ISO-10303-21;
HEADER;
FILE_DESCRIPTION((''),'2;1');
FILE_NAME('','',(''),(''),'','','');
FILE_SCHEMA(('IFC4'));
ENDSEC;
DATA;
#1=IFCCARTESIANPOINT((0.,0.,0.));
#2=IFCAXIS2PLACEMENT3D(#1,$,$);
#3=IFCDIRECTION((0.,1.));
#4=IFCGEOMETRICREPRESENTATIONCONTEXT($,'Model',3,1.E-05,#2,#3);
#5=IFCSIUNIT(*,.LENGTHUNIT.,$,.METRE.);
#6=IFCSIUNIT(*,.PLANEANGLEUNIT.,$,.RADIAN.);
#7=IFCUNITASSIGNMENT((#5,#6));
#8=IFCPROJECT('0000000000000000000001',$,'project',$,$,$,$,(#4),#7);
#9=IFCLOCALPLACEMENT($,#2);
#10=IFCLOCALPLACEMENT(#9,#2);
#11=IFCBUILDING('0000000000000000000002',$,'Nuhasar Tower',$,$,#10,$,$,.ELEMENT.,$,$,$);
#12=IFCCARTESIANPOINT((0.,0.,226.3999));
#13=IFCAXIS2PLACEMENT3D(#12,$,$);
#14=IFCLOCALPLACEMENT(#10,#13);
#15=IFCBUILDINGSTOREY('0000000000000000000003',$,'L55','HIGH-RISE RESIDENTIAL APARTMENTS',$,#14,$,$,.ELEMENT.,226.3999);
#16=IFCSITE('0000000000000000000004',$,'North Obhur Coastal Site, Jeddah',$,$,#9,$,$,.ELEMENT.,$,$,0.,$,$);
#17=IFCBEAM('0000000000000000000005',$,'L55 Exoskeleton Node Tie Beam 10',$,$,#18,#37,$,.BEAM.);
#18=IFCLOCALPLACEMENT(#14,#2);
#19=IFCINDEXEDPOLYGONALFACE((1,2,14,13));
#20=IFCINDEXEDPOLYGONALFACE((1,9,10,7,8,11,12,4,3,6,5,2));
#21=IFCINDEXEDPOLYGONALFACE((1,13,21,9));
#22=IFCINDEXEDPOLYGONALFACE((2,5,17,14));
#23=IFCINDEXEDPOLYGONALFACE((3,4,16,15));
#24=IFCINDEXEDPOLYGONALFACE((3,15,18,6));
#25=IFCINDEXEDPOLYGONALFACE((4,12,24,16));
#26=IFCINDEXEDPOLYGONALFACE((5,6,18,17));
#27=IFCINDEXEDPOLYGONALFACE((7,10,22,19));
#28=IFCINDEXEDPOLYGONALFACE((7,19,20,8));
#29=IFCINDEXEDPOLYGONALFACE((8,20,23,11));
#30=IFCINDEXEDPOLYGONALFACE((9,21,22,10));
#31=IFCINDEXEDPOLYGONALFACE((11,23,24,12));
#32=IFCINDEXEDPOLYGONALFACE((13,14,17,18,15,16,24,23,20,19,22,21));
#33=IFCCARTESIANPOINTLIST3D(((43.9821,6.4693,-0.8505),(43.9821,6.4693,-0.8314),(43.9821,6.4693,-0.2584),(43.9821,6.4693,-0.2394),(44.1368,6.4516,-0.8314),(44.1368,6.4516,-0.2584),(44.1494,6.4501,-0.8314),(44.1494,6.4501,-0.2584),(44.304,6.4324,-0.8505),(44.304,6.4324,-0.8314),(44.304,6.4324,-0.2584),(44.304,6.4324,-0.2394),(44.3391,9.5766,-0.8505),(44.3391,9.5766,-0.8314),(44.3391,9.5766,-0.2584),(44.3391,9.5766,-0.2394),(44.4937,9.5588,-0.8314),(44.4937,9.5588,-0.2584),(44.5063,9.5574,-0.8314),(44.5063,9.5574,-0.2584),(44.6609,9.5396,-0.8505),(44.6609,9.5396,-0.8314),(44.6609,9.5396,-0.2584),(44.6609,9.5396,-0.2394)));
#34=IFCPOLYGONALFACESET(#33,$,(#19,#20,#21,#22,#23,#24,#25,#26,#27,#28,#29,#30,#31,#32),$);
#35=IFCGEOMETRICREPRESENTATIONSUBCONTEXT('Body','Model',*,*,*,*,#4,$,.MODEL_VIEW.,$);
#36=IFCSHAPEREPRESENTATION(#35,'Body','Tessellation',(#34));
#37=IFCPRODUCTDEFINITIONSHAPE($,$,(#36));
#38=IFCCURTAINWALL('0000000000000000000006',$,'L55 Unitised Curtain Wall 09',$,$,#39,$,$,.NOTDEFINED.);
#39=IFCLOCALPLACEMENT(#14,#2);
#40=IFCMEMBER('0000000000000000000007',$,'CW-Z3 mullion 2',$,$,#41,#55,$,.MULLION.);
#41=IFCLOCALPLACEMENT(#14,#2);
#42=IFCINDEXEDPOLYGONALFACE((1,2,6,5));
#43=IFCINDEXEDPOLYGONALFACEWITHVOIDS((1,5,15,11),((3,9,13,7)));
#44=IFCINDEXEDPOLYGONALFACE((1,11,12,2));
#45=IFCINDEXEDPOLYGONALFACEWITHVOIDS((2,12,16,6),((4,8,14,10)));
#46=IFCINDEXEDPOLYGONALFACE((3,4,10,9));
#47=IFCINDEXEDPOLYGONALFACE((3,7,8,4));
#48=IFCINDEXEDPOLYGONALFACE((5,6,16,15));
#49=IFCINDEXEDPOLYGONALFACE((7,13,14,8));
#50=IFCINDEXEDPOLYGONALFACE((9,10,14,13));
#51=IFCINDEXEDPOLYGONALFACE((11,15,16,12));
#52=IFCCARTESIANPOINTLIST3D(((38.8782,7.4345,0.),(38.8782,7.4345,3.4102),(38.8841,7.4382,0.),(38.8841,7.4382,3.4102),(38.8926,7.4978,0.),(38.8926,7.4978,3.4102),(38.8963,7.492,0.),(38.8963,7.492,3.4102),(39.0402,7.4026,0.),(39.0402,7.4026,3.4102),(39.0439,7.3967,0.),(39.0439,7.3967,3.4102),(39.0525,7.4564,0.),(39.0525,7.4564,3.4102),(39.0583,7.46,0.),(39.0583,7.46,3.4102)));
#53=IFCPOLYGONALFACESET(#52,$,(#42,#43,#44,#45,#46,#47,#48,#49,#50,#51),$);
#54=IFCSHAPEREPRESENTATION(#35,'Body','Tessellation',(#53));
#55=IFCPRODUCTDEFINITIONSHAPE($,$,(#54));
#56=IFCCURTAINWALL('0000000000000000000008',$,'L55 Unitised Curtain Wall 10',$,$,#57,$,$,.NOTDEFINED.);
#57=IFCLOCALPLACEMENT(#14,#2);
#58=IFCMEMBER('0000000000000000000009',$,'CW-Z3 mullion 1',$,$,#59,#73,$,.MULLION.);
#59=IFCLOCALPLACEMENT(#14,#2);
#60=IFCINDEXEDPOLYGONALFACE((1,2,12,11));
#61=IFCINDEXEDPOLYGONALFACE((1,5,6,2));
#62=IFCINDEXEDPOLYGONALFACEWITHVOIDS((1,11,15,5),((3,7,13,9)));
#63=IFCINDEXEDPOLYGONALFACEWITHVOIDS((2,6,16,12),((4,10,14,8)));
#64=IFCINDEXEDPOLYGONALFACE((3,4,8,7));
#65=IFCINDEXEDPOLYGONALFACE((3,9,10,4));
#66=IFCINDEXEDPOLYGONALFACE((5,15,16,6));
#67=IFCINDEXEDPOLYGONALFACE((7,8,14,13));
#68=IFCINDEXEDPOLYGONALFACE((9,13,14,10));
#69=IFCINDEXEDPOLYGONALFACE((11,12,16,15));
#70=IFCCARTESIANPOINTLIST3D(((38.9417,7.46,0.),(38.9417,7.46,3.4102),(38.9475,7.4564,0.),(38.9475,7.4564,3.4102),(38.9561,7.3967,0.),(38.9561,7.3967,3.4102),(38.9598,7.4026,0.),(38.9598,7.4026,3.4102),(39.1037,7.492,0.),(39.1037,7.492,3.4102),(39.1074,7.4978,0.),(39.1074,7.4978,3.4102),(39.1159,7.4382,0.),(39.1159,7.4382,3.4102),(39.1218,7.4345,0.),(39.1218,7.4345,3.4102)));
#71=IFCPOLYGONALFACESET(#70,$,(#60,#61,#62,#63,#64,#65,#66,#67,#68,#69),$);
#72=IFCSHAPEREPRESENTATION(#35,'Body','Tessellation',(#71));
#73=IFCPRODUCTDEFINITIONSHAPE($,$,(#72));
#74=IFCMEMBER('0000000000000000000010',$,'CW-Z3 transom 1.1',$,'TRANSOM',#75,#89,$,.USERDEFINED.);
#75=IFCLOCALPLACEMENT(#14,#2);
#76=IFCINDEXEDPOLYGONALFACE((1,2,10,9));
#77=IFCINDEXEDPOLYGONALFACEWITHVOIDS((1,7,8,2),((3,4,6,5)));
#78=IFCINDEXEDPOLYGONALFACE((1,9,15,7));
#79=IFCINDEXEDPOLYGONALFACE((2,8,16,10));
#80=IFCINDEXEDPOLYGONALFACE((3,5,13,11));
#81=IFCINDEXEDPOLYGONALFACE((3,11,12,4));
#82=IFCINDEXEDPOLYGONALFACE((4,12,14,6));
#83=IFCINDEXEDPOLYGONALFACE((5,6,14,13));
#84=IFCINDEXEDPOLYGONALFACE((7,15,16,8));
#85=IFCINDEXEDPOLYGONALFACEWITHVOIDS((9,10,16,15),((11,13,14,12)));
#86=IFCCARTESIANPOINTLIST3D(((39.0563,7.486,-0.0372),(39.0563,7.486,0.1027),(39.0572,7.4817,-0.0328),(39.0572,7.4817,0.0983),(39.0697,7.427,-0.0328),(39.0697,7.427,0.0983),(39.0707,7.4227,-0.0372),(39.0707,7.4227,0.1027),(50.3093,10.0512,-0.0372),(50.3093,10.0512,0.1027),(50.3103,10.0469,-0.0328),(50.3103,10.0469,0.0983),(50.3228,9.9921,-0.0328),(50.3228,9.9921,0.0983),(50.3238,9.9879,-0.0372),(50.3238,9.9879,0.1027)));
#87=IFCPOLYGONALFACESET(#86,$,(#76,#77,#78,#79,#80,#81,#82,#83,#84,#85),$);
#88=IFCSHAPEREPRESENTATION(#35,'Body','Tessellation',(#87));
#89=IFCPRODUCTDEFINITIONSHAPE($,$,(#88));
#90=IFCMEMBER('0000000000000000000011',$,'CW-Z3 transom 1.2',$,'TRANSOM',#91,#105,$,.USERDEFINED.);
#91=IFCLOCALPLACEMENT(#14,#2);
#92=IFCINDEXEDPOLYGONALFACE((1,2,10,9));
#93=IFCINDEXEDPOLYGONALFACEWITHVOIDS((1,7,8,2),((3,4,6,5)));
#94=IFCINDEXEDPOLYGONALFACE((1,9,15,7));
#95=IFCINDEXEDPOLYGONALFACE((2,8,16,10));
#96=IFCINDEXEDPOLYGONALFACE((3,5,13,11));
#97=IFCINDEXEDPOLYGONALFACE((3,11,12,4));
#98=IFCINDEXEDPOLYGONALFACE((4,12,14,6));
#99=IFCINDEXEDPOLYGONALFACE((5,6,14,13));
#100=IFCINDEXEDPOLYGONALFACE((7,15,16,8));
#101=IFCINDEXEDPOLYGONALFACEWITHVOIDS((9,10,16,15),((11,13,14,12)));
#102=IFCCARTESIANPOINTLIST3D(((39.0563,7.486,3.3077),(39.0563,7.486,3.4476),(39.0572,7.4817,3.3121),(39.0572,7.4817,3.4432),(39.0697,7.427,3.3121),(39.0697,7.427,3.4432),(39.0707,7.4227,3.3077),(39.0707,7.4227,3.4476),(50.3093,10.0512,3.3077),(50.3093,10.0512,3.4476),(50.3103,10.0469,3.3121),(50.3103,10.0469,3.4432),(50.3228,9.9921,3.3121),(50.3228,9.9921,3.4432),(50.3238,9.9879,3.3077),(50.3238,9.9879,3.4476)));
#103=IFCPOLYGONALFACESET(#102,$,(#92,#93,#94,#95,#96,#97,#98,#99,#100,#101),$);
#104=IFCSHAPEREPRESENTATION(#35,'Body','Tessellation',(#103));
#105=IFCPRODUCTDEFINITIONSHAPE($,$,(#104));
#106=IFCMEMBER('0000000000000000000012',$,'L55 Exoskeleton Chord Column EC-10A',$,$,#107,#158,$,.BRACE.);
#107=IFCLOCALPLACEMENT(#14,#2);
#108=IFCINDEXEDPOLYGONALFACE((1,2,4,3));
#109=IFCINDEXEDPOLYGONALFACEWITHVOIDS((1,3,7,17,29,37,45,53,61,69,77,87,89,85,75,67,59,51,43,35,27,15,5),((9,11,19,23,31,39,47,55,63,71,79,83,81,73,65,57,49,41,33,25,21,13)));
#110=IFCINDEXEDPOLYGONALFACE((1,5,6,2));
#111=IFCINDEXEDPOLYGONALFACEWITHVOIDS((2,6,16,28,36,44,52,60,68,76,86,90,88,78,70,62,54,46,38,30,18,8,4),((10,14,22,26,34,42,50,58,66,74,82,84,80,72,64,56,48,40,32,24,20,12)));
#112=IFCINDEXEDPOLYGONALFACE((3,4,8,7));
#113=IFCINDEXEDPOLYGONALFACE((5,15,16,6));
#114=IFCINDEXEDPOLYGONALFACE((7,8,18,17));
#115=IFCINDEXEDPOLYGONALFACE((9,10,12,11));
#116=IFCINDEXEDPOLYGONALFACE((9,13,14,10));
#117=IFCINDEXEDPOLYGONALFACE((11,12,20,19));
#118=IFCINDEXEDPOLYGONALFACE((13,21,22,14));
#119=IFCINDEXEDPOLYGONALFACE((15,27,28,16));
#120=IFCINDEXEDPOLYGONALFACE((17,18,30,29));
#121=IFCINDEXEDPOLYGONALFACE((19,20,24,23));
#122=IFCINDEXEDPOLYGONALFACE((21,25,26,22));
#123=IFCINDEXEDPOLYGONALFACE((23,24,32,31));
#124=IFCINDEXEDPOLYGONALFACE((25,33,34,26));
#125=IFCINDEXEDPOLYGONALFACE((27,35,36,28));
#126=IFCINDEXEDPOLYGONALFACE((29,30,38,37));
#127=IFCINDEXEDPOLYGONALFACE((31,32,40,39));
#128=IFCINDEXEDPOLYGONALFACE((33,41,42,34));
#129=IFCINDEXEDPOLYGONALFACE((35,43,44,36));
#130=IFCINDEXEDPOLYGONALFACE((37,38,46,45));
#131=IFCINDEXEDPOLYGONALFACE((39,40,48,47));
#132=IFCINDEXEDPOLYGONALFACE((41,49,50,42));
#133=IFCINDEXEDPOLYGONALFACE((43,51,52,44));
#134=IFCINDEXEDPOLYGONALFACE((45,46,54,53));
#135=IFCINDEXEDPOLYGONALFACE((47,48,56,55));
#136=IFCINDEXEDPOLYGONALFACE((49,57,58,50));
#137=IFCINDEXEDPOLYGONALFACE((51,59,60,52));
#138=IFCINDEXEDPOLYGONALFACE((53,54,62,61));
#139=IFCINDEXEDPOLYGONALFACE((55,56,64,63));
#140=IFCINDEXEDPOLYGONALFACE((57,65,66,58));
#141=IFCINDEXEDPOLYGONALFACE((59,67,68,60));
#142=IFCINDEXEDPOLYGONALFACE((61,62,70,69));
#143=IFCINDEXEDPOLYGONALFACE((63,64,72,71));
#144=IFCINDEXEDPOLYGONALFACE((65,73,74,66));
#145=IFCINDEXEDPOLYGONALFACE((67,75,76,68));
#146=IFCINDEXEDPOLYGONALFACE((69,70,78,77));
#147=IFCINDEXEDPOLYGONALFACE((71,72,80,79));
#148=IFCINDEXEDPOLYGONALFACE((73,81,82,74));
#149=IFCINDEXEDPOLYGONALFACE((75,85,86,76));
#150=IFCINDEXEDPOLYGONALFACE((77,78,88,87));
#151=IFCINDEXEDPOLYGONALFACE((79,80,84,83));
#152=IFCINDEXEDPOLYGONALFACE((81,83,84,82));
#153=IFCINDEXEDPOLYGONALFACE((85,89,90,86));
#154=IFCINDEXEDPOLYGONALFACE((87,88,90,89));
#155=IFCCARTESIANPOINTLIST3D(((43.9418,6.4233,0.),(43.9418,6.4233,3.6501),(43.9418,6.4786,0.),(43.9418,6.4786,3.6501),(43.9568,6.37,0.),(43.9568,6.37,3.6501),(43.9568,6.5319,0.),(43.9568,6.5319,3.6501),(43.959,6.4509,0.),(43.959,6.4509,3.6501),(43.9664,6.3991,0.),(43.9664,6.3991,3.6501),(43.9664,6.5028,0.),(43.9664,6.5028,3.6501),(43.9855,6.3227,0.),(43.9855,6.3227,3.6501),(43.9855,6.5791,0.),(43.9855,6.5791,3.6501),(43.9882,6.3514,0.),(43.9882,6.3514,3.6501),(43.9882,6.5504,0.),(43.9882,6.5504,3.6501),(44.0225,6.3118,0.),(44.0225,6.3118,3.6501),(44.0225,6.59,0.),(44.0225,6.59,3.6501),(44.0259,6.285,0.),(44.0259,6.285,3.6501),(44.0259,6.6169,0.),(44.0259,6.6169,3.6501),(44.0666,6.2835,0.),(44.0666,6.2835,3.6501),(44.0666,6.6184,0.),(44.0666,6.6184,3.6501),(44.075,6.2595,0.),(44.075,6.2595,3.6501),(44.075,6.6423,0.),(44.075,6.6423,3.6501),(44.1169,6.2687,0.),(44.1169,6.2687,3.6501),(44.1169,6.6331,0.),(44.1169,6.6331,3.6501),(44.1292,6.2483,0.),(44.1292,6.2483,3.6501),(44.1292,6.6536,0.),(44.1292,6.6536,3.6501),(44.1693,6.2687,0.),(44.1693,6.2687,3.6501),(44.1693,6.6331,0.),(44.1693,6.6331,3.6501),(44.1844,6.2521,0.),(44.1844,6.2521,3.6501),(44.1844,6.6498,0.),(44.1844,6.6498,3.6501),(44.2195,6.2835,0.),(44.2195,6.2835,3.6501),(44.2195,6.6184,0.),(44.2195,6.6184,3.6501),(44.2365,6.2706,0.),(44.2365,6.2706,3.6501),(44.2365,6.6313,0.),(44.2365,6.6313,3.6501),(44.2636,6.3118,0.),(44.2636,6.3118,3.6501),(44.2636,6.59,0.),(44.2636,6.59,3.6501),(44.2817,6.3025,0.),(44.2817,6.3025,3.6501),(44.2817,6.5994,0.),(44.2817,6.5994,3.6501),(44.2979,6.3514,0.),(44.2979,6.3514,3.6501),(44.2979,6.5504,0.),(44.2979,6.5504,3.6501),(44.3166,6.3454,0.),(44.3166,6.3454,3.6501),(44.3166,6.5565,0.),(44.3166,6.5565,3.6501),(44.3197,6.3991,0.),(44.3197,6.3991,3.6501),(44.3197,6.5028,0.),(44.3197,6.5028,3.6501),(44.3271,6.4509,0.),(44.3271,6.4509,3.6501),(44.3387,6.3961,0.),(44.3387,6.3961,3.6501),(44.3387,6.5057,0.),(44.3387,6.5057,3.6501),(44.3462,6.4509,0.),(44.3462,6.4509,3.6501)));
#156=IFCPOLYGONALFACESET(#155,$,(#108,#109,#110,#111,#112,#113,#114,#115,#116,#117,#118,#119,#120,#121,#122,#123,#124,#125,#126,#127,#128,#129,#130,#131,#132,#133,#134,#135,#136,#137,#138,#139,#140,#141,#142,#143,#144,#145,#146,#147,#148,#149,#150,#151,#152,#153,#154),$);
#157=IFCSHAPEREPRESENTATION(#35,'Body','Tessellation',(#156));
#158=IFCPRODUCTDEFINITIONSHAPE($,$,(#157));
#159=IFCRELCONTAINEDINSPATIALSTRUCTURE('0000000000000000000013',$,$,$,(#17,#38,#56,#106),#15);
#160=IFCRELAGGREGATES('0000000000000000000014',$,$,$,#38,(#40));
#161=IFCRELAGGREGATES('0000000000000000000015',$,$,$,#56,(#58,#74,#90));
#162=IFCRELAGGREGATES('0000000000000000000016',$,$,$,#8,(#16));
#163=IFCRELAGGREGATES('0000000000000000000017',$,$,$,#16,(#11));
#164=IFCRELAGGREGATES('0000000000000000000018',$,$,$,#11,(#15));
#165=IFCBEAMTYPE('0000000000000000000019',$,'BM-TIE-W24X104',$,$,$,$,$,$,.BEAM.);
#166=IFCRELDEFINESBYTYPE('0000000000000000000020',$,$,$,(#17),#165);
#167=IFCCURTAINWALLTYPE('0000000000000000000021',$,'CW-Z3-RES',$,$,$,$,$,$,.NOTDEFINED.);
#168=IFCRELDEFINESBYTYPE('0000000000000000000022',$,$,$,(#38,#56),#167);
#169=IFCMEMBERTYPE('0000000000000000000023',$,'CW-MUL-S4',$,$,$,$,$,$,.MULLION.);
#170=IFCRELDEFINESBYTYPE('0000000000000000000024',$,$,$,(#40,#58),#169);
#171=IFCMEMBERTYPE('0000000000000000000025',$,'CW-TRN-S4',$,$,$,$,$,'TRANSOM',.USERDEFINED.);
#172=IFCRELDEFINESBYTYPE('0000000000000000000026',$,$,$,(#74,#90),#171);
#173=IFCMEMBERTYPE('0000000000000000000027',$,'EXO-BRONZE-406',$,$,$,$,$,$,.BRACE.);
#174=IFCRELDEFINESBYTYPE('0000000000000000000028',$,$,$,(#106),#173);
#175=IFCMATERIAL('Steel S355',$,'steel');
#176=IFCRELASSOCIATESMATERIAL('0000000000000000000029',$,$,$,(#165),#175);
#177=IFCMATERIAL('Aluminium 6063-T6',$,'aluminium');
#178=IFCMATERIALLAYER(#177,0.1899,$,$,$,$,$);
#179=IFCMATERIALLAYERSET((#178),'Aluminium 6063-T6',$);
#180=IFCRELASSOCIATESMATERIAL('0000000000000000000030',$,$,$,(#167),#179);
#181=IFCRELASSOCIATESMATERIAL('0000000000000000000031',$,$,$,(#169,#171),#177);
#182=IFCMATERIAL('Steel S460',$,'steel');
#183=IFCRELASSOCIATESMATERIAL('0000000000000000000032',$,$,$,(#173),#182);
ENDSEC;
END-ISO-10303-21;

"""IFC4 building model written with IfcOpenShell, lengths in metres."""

from ifc_helpers import new_model, si_unit, direction, frame, origin, origin_2d, place, context, subcontext, project, spatial, hollow_rectangle, hollow_circle, i_section, extrude, material, layer, layer_set, material_profile, profile_set, type_object, element, aggregate, save


model = new_model("IFC4")

# Units and contexts
model_context = context("Model", 3, precision=1e-05, world=origin(), true_north=direction((0.0, 1.0)))
body_context = subcontext(model_context, "Body", "Model", "MODEL_VIEW")
ifc_project = project(units=[si_unit("LENGTHUNIT", "METRE"), si_unit("PLANEANGLEUNIT", "RADIAN")], contexts=[model_context])

# Site, building, storey
site_placement = place(None, origin())
site = spatial("IfcSite", under=ifc_project, at=site_placement, Name="North Obhur Coastal Site, Jeddah", CompositionType="ELEMENT", RefElevation=0.0)
building_placement = place(site_placement, origin())
building = spatial("IfcBuilding", under=site, at=building_placement, Name="Nuhasar Tower", CompositionType="ELEMENT")
storey_placement = place(building_placement, frame((0.0, 0.0, 226.3999)))
storey = spatial("IfcBuildingStorey", under=building, at=storey_placement, Name="L55", Description="HIGH-RISE RESIDENTIAL APARTMENTS", CompositionType="ELEMENT", Elevation=226.3999)

# Beam
ifc_material_1 = material(Name="Steel S355", Category="steel")
ifc_material_profile_1 = material_profile(ifc_material_1, i_section(OverallWidth=0.324, OverallDepth=0.6111, WebThickness=0.0127, FlangeThickness=0.019, at=origin_2d()), Name="W24X104")
ifc_profile_set_1 = profile_set([ifc_material_profile_1], Name="Steel S355")
beam_type_1 = type_object("IfcBeamType", Name="BM-TIE-W24X104", PredefinedType="BEAM", material=ifc_profile_set_1)
beam_1_placement = place(storey_placement, frame((44.5, 9.5581, -0.5449), z_axis=(-0.114123, -0.993467, 0.0), x_axis=(0.993467, -0.114123, 0.0)))
element("IfcBeam", 1, at=beam_1_placement, inside=storey, type_object=beam_type_1, Name="L55 Exoskeleton Node Tie Beam 10", PredefinedType="BEAM", context=body_context, shape_type="SweptSolid", body=[
    extrude(i_section(OverallWidth=0.324, OverallDepth=0.6111, WebThickness=0.0127, FlangeThickness=0.019, at=origin_2d()), origin(), (0.0, 0.0, 1.0), 3.1277),
])

# Curtain wall, member
ifc_material_2 = material(Name="Aluminium 6063-T6", Category="aluminium")
ifc_layer_1 = layer(ifc_material_2, 0.1899)
ifc_layer_set_1 = layer_set([ifc_layer_1], Name="Aluminium 6063-T6")
curtain_wall_type = type_object("IfcCurtainWallType", Name="CW-Z3-RES", PredefinedType="NOTDEFINED", material=ifc_layer_set_1)
curtain_wall_1_placement = place(storey_placement, origin())
curtain_wall_1 = element("IfcCurtainWall", 2, at=curtain_wall_1_placement, inside=storey, type_object=curtain_wall_type, Name="L55 Unitised Curtain Wall 09", PredefinedType="NOTDEFINED")
ifc_material_profile_2 = material_profile(ifc_material_2, hollow_rectangle(XDim=0.0649, YDim=0.1699, WallThickness=0.0049, at=origin_2d()), Name="CWM-4")
ifc_profile_set_2 = profile_set([ifc_material_profile_2], Name="Aluminium 6063-T6")
member_type_1 = type_object("IfcMemberType", Name="CW-MUL-S4", PredefinedType="MULLION", material=ifc_profile_set_2)
member_1_placement = place(storey_placement, frame((38.9683, 7.4473, 0.0), z_axis=(0.0, 0.0, 1.0), x_axis=(0.222243, 0.974991, 0.0)))
member_1 = element("IfcMember", 3, at=member_1_placement, type_object=member_type_1, Name="CW-Z3 mullion 2", PredefinedType="MULLION", context=body_context, shape_type="SweptSolid", body=[
    extrude(hollow_rectangle(XDim=0.0649, YDim=0.1699, WallThickness=0.0049, at=origin_2d()), origin(), (0.0, 0.0, 1.0), 3.4102),
])
aggregate(curtain_wall_1, [member_1])

# Curtain wall, members
curtain_wall_2_placement = place(storey_placement, origin())
curtain_wall_2 = element("IfcCurtainWall", 4, at=curtain_wall_2_placement, inside=storey, type_object=curtain_wall_type, Name="L55 Unitised Curtain Wall 10", PredefinedType="NOTDEFINED")
member_2_placement = place(storey_placement, frame((39.0317, 7.4473, 0.0), z_axis=(0.0, 0.0, 1.0), x_axis=(-0.222243, 0.974991, 0.0)))
member_2 = element("IfcMember", 5, at=member_2_placement, type_object=member_type_1, Name="CW-Z3 mullion 1", PredefinedType="MULLION", context=body_context, shape_type="SweptSolid", body=[
    extrude(hollow_rectangle(XDim=0.0649, YDim=0.1699, WallThickness=0.0049, at=origin_2d()), origin(), (0.0, 0.0, 1.0), 3.4102),
])
ifc_material_profile_3 = material_profile(ifc_material_2, hollow_rectangle(XDim=0.0649, YDim=0.1399, WallThickness=0.0044, at=origin_2d()), Name="CWT-4")
ifc_profile_set_3 = profile_set([ifc_material_profile_3], Name="Aluminium 6063-T6")
member_type_2 = type_object("IfcMemberType", Name="CW-TRN-S4", ElementType="TRANSOM", PredefinedType="USERDEFINED", material=ifc_profile_set_3)
member_3_placement = place(storey_placement, frame((39.0635, 7.4543, 0.0327), z_axis=(0.974989, 0.222251, 0.0), x_axis=(-0.222251, 0.974989, 0.0)))
member_3 = element("IfcMember", 6, at=member_3_placement, type_object=member_type_2, Name="CW-Z3 transom 1.1", ObjectType="TRANSOM", PredefinedType="USERDEFINED", context=body_context, shape_type="SweptSolid", body=[
    extrude(hollow_rectangle(XDim=0.0649, YDim=0.1399, WallThickness=0.0044, at=origin_2d()), origin(), (0.0, 0.0, 1.0), 11.5417),
])
member_4_placement = place(storey_placement, frame((39.0635, 7.4543, 3.3777), z_axis=(0.974989, 0.222251, 0.0), x_axis=(-0.222251, 0.974989, 0.0)))
member_4 = element("IfcMember", 7, at=member_4_placement, type_object=member_type_2, Name="CW-Z3 transom 1.2", ObjectType="TRANSOM", PredefinedType="USERDEFINED", context=body_context, shape_type="SweptSolid", body=[
    extrude(hollow_rectangle(XDim=0.0649, YDim=0.1399, WallThickness=0.0044, at=origin_2d()), origin(), (0.0, 0.0, 1.0), 11.5417),
])

# Member
ifc_material_3 = material(Name="Steel S460", Category="steel")
ifc_material_profile_4 = material_profile(ifc_material_3, hollow_circle(Radius=0.2031, WallThickness=0.019, at=origin_2d()), Name="HSS406.4X19.1")
ifc_profile_set_4 = profile_set([ifc_material_profile_4], Name="Steel S460")
member_type_3 = type_object("IfcMemberType", Name="EXO-BRONZE-406", PredefinedType="BRACE", material=ifc_profile_set_4)
member_5_placement = place(storey_placement, frame((44.1431, 6.4509, 0.0), z_axis=(0.0, 0.0, 1.0), x_axis=(1.0, 0.0, 0.0)))
element("IfcMember", 8, at=member_5_placement, inside=storey, type_object=member_type_3, Name="L55 Exoskeleton Chord Column EC-10A", PredefinedType="BRACE", context=body_context, shape_type="SweptSolid", body=[
    extrude(hollow_circle(Radius=0.2031, WallThickness=0.019, at=origin_2d()), origin(), (0.0, 0.0, 1.0), 3.6501),
])

aggregate(curtain_wall_2, [member_2, member_3, member_4])

save(model, "model.ifc")
